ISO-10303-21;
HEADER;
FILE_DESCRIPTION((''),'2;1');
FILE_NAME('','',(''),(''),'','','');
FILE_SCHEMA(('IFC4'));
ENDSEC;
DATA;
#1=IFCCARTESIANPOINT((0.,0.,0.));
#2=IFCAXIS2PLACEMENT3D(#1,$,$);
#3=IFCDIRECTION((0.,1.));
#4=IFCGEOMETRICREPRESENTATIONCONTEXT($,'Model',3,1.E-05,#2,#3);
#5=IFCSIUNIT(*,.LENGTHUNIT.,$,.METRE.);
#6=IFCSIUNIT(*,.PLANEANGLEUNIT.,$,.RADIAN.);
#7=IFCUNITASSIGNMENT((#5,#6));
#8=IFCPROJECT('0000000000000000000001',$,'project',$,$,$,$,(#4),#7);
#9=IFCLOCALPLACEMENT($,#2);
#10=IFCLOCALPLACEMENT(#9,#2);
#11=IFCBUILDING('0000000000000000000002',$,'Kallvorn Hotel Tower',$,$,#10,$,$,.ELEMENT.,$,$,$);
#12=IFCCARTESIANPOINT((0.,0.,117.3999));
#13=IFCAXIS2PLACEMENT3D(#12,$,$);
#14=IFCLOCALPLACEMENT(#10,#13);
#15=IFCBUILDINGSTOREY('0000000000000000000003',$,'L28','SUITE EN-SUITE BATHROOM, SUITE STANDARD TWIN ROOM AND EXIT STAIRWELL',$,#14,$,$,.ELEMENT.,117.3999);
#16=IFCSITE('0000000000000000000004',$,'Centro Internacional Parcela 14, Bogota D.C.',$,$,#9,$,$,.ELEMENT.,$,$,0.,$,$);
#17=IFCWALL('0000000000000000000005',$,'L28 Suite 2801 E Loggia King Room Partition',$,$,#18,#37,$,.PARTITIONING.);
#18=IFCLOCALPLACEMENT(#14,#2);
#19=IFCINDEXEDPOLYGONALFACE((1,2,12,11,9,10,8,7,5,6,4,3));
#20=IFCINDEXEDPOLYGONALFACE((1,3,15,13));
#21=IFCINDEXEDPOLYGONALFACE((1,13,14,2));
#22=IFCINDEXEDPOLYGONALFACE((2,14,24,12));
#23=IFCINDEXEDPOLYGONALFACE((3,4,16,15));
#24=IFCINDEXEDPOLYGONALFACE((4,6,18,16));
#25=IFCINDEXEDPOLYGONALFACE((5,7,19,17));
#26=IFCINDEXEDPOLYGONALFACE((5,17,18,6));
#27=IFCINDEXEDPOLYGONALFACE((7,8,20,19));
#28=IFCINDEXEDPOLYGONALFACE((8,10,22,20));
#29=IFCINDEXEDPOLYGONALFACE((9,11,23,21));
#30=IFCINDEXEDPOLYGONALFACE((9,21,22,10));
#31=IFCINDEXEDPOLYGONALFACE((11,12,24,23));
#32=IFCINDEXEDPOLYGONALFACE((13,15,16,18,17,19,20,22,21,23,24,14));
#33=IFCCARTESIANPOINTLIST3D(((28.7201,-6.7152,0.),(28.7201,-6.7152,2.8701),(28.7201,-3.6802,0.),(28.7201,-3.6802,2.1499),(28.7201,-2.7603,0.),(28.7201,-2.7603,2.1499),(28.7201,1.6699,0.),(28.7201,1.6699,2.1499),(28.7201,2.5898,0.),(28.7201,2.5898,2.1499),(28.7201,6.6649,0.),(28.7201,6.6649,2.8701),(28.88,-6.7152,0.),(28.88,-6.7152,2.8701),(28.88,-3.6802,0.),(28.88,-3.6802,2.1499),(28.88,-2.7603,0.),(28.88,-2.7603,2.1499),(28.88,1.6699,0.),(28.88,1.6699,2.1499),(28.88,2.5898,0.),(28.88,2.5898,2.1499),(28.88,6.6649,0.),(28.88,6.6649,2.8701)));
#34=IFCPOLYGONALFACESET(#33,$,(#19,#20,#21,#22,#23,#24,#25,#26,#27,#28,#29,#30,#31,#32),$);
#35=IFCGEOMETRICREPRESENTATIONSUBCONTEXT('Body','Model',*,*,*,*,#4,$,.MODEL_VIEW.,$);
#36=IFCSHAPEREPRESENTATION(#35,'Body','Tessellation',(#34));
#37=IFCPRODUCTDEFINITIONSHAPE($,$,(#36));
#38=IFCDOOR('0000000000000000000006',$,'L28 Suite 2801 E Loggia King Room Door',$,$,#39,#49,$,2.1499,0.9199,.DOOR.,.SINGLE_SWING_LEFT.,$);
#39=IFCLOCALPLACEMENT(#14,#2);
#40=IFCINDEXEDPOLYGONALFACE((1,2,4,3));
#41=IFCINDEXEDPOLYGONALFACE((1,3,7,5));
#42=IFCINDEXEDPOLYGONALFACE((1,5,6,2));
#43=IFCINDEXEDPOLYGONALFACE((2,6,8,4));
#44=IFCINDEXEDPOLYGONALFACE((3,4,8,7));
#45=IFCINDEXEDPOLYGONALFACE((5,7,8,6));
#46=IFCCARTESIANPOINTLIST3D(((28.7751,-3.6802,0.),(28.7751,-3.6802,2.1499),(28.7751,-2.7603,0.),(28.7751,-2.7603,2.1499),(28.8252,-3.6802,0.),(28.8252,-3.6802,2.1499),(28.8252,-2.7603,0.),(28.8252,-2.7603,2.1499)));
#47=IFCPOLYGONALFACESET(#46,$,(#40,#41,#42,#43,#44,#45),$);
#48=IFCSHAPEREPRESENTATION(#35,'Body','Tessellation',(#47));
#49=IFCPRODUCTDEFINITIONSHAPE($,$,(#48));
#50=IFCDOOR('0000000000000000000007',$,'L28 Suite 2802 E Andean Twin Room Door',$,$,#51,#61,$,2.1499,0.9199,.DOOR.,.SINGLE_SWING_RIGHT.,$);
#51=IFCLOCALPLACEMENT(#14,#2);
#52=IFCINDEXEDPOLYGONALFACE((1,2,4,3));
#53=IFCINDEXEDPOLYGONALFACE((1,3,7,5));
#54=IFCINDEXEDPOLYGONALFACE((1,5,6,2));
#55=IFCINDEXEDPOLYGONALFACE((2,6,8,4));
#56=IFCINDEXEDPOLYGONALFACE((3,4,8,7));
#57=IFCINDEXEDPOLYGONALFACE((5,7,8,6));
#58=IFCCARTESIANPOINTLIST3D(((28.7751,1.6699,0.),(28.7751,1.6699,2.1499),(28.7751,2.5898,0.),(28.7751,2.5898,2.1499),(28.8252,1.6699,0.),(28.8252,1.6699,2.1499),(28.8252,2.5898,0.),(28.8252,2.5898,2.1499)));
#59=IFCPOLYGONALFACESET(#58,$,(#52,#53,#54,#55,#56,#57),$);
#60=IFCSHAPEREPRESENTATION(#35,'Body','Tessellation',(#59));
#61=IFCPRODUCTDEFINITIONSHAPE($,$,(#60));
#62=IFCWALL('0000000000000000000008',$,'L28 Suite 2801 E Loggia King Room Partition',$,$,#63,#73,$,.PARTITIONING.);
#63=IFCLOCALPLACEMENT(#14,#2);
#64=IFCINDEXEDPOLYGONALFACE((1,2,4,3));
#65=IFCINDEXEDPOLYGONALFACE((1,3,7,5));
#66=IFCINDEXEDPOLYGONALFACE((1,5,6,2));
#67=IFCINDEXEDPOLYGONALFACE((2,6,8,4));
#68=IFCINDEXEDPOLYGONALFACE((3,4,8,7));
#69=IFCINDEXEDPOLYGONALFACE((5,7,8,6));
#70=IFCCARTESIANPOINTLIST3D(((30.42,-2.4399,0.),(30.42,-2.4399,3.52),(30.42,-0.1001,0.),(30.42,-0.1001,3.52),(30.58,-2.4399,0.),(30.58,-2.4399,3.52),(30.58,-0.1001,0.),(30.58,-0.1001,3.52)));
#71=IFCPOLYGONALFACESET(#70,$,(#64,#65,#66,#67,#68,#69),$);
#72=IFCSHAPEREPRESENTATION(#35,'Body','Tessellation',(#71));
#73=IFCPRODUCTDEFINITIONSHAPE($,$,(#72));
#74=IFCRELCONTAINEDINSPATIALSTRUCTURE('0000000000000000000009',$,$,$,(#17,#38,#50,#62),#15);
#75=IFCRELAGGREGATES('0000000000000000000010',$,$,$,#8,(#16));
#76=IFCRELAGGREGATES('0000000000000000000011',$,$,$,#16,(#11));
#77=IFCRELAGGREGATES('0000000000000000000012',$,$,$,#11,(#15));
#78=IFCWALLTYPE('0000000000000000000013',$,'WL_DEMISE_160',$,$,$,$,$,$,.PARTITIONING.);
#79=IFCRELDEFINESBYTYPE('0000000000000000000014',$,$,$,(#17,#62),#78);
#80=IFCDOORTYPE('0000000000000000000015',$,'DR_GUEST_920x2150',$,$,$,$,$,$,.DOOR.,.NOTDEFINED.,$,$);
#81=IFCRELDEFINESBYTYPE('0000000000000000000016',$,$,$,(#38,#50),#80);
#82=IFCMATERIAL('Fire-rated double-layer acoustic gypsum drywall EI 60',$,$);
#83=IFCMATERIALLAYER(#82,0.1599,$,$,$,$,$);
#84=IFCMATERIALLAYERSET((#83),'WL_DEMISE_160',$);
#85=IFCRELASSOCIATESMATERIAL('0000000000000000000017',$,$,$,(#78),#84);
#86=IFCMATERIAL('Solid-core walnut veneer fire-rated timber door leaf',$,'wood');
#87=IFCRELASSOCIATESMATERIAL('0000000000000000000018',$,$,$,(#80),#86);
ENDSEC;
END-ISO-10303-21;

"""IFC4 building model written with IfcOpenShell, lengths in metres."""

from ifc_helpers import new_model, si_unit, direction, frame, frame_2d, origin, place, context, subcontext, project, spatial, rectangle, extrude, material, layer, layer_set, type_object, element, fill, save


model = new_model("IFC4")

# Units and contexts
model_context = context("Model", 3, precision=1e-05, world=origin(), true_north=direction((0.0, 1.0)))
body_context = subcontext(model_context, "Body", "Model", "MODEL_VIEW")
ifc_project = project(units=[si_unit("LENGTHUNIT", "METRE"), si_unit("PLANEANGLEUNIT", "RADIAN")], contexts=[model_context])

# Site, building, storey
site_placement = place(None, origin())
site = spatial("IfcSite", under=ifc_project, at=site_placement, Name="Centro Internacional Parcela 14, Bogota D.C.", CompositionType="ELEMENT", RefElevation=0.0)
building_placement = place(site_placement, origin())
building = spatial("IfcBuilding", under=site, at=building_placement, Name="Kallvorn Hotel Tower", CompositionType="ELEMENT")
storey_placement = place(building_placement, frame((0.0, 0.0, 117.3999)))
storey = spatial("IfcBuildingStorey", under=building, at=storey_placement, Name="L28", Description="SUITE EN-SUITE BATHROOM, SUITE STANDARD TWIN ROOM AND EXIT STAIRWELL", CompositionType="ELEMENT", Elevation=117.3999)

# Shared definitions
ifc_material_1 = material(Name="Fire-rated double-layer acoustic gypsum drywall EI 60")
ifc_layer = layer(ifc_material_1, 0.1599)
ifc_layer_set = layer_set([ifc_layer], Name="WL_DEMISE_160")
wall_type = type_object("IfcWallType", Name="WL_DEMISE_160", PredefinedType="PARTITIONING", material=ifc_layer_set)

# Wall, openings, doors
wall_1_placement = place(storey_placement, frame((28.8, -6.7151, 0.0), z_axis=(0.0, 0.0, 1.0), x_axis=(0.0, 1.0, 0.0)))
wall_1 = element("IfcWall", 1, at=wall_1_placement, inside=storey, type_object=wall_type, Name="L28 Suite 2801 E Loggia King Room Partition", PredefinedType="PARTITIONING", context=body_context, shape_type="SweptSolid", body=[
    extrude(rectangle(XDim=13.3801, YDim=0.1599, at=frame_2d((6.6899, 0.0))), origin(), (0.0, 0.0, 1.0), 2.8701),
])
opening_1_placement = place(wall_1_placement, frame((3.0349, 0.0, 0.0)))
opening_1 = element("IfcOpeningElement", 2, at=opening_1_placement, cuts=wall_1, PredefinedType="OPENING", context=body_context, shape_type="SweptSolid", body=[
    extrude(rectangle(XDim=0.9199, YDim=2.1499, at=frame_2d((0.46, 1.075))), frame((0.0, 0.095, 0.0), z_axis=(0.0, -1.0, 0.0), x_axis=(1.0, 0.0, 0.0)), (0.0, 0.0, 1.0), 0.1899),
])
opening_2_placement = place(wall_1_placement, frame((8.385, 0.0, 0.0)))
opening_2 = element("IfcOpeningElement", 3, at=opening_2_placement, cuts=wall_1, PredefinedType="OPENING", context=body_context, shape_type="SweptSolid", body=[
    extrude(rectangle(XDim=0.9199, YDim=2.1499, at=frame_2d((0.46, 1.075))), frame((0.0, 0.095, 0.0), z_axis=(0.0, -1.0, 0.0), x_axis=(1.0, 0.0, 0.0)), (0.0, 0.0, 1.0), 0.1899),
])
ifc_material_2 = material(Name="Solid-core walnut veneer fire-rated timber door leaf", Category="wood")
door_type_1 = type_object("IfcDoorType", Name="DR_GUEST_920x2150", OperationType="NOTDEFINED", PredefinedType="DOOR", material=ifc_material_2)
door_1_placement = place(opening_1_placement, origin())
door_1 = element("IfcDoor", 4, at=door_1_placement, inside=storey, type_object=door_type_1, Name="L28 Suite 2801 E Loggia King Room Door", OperationType="SINGLE_SWING_LEFT", OverallHeight=2.1499, OverallWidth=0.9199, PredefinedType="DOOR", context=body_context, shape_type="SweptSolid", body=[
    extrude(rectangle(XDim=0.9199, YDim=2.1499, at=frame_2d((0.46, 1.075))), frame((0.0, 0.0249, 0.0), z_axis=(0.0, -1.0, 0.0), x_axis=(1.0, 0.0, 0.0)), (0.0, 0.0, 1.0), 0.05),
])
fill(opening_1, door_1)
door_2_placement = place(opening_2_placement, origin())
door_2 = element("IfcDoor", 5, at=door_2_placement, inside=storey, type_object=door_type_1, Name="L28 Suite 2802 E Andean Twin Room Door", OperationType="SINGLE_SWING_RIGHT", OverallHeight=2.1499, OverallWidth=0.9199, PredefinedType="DOOR", context=body_context, shape_type="SweptSolid", body=[
    extrude(rectangle(XDim=0.9199, YDim=2.1499, at=frame_2d((0.46, 1.075))), frame((0.0, 0.0249, 0.0), z_axis=(0.0, -1.0, 0.0), x_axis=(1.0, 0.0, 0.0)), (0.0, 0.0, 1.0), 0.05),
])
fill(opening_2, door_2)

# Wall
wall_2_placement = place(storey_placement, frame((30.5, -2.4399, 0.0), z_axis=(0.0, 0.0, 1.0), x_axis=(0.0, 1.0, 0.0)))
element("IfcWall", 6, at=wall_2_placement, inside=storey, type_object=wall_type, Name="L28 Suite 2801 E Loggia King Room Partition", PredefinedType="PARTITIONING", context=body_context, shape_type="SweptSolid", body=[
    extrude(rectangle(XDim=2.3398, YDim=0.1599, at=frame_2d((1.1699, 0.0))), origin(), (0.0, 0.0, 1.0), 3.52),
])

save(model, "model.ifc")
